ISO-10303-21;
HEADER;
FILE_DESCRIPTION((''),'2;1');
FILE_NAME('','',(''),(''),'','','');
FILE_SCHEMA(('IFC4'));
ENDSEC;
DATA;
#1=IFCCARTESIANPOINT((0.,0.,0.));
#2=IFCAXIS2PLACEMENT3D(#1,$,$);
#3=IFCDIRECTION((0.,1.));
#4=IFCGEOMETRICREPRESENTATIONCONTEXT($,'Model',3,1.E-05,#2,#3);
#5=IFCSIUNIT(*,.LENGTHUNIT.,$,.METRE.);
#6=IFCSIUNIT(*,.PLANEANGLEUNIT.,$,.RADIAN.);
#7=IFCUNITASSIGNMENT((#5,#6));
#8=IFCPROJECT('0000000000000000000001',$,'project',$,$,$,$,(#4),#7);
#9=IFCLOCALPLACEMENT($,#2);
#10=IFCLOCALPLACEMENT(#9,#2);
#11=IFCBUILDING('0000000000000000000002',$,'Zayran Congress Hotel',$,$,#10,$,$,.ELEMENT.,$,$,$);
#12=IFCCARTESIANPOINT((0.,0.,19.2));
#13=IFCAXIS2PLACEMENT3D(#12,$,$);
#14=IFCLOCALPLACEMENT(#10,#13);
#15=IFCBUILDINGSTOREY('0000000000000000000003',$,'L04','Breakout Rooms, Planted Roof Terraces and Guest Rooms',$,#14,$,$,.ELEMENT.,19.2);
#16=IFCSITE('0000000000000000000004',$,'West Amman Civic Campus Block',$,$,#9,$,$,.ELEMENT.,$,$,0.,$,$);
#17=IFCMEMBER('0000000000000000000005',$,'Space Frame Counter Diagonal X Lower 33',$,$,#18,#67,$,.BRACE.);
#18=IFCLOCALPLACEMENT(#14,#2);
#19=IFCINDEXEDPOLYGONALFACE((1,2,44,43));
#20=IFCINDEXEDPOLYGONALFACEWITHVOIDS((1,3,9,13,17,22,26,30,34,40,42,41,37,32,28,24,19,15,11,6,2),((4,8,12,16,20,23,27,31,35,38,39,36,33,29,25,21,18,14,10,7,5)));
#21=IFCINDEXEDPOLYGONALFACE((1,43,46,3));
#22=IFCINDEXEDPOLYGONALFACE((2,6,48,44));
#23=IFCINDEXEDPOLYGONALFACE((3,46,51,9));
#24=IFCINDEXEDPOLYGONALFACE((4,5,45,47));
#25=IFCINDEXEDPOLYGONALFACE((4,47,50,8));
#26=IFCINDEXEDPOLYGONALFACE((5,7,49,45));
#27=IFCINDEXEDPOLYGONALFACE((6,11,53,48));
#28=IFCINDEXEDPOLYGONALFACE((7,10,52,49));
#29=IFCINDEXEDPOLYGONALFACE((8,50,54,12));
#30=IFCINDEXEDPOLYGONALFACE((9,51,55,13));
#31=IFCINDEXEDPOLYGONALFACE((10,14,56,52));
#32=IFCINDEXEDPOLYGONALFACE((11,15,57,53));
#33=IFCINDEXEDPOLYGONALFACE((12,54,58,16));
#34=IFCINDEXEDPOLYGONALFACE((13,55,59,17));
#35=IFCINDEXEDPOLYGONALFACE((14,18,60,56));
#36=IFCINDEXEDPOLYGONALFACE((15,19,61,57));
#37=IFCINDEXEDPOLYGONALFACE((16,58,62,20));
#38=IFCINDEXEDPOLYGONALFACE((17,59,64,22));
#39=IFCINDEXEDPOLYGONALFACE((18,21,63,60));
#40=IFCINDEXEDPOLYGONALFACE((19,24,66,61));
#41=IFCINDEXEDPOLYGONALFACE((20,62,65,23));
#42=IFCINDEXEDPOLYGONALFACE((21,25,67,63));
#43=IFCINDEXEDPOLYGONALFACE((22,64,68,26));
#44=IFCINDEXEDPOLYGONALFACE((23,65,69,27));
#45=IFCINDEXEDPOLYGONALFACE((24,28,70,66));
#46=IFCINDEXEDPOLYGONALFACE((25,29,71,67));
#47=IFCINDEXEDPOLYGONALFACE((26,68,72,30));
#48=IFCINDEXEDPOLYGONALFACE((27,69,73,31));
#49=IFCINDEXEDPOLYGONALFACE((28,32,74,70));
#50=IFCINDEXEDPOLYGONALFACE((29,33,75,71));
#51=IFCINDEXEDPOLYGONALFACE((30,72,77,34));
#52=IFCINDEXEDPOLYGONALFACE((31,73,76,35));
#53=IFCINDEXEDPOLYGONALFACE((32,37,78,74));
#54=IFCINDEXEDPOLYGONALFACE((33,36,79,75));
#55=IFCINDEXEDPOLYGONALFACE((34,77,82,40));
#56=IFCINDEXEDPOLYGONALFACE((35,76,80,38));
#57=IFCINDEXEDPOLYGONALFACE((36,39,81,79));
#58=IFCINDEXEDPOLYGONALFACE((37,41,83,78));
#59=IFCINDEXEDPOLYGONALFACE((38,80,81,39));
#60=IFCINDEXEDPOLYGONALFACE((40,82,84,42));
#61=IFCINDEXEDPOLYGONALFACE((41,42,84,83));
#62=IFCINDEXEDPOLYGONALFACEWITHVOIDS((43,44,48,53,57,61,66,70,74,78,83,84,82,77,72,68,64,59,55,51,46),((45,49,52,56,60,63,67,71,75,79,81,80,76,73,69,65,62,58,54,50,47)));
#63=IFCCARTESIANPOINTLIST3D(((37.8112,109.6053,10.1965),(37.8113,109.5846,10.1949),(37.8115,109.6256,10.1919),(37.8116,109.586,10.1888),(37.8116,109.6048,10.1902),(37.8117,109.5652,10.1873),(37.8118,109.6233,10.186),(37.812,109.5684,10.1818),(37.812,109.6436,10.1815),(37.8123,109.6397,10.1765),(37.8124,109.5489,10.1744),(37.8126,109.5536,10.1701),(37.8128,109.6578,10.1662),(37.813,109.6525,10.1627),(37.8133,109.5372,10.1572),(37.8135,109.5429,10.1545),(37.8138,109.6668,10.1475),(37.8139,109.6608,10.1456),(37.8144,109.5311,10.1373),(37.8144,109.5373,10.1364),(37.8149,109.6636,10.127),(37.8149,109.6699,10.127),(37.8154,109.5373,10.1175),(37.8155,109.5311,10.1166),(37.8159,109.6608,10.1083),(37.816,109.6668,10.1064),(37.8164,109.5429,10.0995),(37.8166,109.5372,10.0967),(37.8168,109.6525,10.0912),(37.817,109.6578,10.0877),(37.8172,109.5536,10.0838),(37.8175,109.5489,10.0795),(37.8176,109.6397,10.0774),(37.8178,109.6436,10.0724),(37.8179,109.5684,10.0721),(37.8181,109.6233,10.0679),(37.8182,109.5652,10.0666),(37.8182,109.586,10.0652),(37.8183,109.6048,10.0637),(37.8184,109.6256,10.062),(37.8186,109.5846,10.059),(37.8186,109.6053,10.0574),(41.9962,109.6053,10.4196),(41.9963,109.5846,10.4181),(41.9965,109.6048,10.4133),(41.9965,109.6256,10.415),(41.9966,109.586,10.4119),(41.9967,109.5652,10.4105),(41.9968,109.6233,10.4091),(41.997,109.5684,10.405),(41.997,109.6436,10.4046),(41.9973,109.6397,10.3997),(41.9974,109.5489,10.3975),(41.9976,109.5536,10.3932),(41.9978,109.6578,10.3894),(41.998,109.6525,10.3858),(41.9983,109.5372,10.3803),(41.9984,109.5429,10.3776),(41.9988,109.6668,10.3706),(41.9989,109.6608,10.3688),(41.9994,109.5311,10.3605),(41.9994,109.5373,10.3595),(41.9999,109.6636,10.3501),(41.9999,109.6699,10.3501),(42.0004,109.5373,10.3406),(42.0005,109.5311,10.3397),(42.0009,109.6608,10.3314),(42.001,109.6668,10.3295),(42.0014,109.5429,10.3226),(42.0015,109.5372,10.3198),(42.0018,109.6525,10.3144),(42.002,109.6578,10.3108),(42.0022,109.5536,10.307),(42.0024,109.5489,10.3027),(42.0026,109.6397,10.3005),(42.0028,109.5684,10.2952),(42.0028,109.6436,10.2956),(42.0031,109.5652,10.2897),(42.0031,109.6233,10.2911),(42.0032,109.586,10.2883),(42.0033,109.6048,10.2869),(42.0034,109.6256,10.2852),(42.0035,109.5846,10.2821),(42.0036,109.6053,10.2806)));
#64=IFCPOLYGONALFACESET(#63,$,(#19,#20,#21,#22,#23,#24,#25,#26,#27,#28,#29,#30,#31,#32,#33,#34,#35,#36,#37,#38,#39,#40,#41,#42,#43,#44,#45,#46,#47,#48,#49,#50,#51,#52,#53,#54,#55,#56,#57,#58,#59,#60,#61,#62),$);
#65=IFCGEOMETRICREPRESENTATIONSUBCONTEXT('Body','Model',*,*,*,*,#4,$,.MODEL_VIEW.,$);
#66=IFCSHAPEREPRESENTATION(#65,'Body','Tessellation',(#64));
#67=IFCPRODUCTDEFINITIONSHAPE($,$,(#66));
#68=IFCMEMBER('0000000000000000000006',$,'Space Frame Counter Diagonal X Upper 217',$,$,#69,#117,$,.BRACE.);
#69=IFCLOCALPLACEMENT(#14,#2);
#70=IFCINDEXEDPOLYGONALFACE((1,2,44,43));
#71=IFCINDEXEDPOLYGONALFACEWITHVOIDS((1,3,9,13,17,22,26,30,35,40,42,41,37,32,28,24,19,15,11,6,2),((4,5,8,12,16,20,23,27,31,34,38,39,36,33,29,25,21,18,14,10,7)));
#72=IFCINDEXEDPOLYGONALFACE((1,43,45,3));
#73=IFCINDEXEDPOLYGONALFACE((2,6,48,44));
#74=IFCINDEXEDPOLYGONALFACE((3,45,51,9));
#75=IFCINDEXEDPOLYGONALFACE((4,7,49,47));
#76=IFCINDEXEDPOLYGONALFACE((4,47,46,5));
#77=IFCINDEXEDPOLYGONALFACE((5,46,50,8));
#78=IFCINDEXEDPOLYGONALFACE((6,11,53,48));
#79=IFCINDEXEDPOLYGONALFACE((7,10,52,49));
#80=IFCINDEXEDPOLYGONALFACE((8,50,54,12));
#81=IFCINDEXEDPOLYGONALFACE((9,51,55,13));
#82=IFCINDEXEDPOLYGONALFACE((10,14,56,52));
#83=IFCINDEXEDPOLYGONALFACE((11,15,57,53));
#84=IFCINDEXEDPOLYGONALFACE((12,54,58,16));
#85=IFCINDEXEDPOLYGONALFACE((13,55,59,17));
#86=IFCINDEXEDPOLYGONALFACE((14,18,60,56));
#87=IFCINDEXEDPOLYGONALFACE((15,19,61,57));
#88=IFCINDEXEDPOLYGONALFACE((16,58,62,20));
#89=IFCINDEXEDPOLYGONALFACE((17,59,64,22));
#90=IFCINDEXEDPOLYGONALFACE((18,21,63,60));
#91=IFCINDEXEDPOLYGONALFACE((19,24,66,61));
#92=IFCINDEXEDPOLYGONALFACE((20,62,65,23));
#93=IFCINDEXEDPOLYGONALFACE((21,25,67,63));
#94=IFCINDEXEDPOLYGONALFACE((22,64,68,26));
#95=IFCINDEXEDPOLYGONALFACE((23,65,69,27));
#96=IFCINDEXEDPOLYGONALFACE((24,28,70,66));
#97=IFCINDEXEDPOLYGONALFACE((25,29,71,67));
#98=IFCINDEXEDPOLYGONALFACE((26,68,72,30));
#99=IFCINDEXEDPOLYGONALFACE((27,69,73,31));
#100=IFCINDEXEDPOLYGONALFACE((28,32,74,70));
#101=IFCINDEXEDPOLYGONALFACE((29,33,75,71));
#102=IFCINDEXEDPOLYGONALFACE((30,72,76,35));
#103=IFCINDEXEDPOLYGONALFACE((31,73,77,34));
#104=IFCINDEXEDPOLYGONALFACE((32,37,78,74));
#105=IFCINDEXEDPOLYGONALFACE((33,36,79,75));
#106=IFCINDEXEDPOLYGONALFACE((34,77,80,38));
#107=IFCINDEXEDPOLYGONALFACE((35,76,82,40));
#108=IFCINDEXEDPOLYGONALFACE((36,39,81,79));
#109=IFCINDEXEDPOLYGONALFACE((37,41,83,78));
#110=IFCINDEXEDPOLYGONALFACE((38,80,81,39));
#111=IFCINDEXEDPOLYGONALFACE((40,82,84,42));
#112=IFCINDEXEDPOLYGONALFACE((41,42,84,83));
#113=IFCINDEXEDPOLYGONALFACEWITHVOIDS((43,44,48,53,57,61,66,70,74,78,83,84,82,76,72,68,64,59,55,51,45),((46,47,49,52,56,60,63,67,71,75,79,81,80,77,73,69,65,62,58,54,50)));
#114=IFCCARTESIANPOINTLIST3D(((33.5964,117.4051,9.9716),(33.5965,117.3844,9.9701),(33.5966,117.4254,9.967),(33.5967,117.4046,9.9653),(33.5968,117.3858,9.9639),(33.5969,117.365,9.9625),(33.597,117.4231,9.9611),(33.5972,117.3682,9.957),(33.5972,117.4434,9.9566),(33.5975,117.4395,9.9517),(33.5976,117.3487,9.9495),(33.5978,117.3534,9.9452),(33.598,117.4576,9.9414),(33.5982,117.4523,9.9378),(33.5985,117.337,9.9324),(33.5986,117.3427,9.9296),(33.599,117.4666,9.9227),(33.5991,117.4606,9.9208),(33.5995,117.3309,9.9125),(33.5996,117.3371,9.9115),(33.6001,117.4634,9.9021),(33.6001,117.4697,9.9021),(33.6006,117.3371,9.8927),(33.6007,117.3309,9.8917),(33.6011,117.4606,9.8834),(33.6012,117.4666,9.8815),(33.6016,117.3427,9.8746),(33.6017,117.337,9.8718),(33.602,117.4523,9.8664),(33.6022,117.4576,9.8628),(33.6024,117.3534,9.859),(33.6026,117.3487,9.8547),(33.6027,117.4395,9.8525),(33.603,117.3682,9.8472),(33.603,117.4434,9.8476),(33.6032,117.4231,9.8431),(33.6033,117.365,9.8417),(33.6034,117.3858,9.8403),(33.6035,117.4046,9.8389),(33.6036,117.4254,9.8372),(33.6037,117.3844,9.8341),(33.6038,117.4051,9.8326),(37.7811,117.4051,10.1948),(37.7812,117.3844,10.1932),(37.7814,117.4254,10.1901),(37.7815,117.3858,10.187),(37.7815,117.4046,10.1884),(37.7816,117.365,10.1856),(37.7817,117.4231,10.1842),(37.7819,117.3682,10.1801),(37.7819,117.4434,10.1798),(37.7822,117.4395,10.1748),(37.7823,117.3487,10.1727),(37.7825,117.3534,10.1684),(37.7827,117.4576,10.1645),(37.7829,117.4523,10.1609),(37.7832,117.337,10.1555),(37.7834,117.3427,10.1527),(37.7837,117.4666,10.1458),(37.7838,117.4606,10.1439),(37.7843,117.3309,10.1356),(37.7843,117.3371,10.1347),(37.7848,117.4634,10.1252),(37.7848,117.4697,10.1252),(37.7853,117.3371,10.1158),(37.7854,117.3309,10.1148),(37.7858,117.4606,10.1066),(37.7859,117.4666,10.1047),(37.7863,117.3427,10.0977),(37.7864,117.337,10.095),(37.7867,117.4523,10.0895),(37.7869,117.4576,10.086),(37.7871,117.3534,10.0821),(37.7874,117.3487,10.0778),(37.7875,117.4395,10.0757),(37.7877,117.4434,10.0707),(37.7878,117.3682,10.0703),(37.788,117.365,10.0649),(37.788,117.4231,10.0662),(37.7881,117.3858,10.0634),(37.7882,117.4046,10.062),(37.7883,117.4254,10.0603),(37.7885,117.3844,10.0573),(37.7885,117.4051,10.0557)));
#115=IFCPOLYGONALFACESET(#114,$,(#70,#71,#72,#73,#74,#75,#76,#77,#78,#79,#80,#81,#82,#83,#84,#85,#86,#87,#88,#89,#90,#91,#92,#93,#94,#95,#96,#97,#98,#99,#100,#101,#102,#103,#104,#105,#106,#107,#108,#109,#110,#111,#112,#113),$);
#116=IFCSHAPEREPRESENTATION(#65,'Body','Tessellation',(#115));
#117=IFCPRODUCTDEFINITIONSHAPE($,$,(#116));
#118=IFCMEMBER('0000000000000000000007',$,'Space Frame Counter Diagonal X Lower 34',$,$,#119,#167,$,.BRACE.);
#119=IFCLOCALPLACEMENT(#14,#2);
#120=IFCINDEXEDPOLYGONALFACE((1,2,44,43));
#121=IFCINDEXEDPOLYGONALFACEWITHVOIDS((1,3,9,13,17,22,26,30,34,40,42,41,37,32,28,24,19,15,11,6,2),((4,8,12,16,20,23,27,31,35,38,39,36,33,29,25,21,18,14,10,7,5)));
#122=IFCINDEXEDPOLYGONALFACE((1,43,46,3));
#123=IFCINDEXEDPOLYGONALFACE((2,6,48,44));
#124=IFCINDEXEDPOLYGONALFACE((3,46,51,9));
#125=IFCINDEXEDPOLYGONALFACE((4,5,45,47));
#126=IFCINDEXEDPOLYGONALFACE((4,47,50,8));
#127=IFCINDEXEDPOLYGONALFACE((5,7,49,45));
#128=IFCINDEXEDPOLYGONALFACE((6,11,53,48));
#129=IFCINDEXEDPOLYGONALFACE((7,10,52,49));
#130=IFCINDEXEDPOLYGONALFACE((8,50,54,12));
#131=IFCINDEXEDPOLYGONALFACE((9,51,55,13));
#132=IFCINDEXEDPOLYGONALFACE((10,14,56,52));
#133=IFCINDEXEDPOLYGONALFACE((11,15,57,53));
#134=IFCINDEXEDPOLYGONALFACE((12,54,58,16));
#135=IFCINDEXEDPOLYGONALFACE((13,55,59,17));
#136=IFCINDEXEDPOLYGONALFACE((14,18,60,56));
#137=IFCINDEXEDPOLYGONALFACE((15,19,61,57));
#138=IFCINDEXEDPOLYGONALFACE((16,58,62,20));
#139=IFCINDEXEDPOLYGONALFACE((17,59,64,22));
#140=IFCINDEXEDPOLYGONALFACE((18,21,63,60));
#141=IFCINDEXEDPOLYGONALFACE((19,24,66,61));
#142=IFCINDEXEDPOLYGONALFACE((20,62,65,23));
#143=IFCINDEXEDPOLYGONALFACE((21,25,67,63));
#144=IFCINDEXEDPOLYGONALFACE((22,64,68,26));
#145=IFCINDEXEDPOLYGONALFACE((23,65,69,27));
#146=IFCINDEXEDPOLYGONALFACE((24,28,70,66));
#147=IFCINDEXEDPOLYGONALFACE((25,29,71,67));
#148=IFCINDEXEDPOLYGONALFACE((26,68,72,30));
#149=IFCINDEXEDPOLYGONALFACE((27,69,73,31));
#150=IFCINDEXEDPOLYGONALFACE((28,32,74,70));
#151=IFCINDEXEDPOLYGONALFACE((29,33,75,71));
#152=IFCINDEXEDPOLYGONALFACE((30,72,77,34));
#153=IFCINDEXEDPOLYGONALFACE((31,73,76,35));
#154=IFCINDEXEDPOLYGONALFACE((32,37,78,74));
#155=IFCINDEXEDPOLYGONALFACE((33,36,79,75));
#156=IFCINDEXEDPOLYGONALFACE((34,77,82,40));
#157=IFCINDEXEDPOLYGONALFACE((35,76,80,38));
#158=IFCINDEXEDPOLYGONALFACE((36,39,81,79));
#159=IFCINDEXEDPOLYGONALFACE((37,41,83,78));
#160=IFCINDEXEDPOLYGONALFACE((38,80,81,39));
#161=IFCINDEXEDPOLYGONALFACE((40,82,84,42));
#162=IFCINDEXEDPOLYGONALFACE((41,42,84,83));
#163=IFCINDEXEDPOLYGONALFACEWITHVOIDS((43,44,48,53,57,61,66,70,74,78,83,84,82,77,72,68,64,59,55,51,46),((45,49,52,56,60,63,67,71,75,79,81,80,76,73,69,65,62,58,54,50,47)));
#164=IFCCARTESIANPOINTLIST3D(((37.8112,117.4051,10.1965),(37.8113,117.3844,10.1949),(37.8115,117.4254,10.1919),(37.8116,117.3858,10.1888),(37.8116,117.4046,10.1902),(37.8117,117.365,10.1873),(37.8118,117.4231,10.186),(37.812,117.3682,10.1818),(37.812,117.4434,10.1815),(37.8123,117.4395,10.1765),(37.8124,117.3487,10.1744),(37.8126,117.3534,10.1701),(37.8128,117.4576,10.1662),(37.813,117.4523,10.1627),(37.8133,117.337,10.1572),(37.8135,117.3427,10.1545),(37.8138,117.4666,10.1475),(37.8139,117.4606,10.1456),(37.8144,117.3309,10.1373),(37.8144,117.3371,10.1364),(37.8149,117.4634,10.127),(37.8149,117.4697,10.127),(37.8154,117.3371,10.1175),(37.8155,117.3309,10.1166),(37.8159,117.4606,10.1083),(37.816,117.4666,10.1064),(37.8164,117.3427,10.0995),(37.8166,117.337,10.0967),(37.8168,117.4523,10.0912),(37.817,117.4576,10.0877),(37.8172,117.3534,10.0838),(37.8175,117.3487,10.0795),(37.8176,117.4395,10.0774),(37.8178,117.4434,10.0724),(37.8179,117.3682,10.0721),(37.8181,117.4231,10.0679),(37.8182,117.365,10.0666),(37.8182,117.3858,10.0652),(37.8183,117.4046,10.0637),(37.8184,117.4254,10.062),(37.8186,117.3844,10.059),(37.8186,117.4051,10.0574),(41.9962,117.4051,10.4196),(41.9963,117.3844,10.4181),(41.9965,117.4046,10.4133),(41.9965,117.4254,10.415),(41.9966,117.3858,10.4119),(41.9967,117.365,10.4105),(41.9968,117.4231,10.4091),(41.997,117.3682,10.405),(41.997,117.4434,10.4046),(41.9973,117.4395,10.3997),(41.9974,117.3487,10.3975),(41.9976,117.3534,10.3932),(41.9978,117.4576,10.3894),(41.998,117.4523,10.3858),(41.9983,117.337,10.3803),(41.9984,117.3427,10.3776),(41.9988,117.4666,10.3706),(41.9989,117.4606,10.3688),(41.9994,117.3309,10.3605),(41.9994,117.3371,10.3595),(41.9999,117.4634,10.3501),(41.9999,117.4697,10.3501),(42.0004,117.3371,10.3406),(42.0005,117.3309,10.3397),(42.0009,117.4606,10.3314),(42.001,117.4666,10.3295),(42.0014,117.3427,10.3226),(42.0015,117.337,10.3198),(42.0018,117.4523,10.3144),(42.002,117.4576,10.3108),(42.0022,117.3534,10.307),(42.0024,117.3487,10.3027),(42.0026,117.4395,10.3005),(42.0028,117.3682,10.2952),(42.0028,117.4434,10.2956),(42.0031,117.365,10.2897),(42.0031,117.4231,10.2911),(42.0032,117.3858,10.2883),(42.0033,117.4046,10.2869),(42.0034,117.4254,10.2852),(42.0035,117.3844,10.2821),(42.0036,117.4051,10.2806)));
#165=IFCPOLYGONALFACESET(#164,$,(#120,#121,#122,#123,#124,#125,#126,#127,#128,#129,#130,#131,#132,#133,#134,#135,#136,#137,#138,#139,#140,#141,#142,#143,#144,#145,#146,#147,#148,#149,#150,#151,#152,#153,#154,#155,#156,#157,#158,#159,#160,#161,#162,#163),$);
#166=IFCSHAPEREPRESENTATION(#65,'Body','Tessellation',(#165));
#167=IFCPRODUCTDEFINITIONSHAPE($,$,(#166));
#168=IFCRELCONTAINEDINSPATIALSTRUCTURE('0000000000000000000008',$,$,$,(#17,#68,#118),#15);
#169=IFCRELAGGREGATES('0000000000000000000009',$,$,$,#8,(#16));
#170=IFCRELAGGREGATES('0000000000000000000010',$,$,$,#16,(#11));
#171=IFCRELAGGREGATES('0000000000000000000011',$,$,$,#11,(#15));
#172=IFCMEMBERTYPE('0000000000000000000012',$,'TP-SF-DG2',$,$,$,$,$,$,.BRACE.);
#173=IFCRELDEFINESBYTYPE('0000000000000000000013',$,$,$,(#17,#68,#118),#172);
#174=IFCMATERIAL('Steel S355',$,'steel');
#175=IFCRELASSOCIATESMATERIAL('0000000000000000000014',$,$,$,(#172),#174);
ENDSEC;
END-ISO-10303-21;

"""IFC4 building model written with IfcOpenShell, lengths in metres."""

from ifc_helpers import new_model, si_unit, direction, frame, origin, origin_2d, place, context, subcontext, project, spatial, hollow_circle, extrude, material, material_profile, profile_set, type_object, element, save


model = new_model("IFC4")

# Units and contexts
model_context = context("Model", 3, precision=1e-05, world=origin(), true_north=direction((0.0, 1.0)))
body_context = subcontext(model_context, "Body", "Model", "MODEL_VIEW")
ifc_project = project(units=[si_unit("LENGTHUNIT", "METRE"), si_unit("PLANEANGLEUNIT", "RADIAN")], contexts=[model_context])

# Site, building, storey
site_placement = place(None, origin())
site = spatial("IfcSite", under=ifc_project, at=site_placement, Name="West Amman Civic Campus Block", CompositionType="ELEMENT", RefElevation=0.0)
building_placement = place(site_placement, origin())
building = spatial("IfcBuilding", under=site, at=building_placement, Name="Zayran Congress Hotel", CompositionType="ELEMENT")
storey_placement = place(building_placement, frame((0.0, 0.0, 19.2)))
storey = spatial("IfcBuildingStorey", under=building, at=storey_placement, Name="L04", Description="Breakout Rooms, Planted Roof Terraces and Guest Rooms", CompositionType="ELEMENT", Elevation=19.2)

# Members
ifc_material_1 = material(Name="Steel S355", Category="steel")
ifc_material_profile_1 = material_profile(ifc_material_1, hollow_circle(Radius=0.0698, WallThickness=0.0063, at=origin_2d()), Name="CHS 139.7x6.3")
ifc_profile_set_1 = profile_set([ifc_material_profile_1], Name="Steel S355")
member_type_1 = type_object("IfcMemberType", Name="TP-SF-DG2", PredefinedType="BRACE", material=ifc_profile_set_1)
member_1_placement = place(storey_placement, frame((37.8149, 109.6001, 10.127), z_axis=(0.998582, 0.0, 0.053244), x_axis=(0.0, 1.0, 0.0)))
element("IfcMember", 1, at=member_1_placement, inside=storey, type_object=member_type_1, Name="Space Frame Counter Diagonal X Lower 33", PredefinedType="BRACE", context=body_context, shape_type="SweptSolid", body=[
    extrude(hollow_circle(Radius=0.0698, WallThickness=0.0063, at=origin_2d()), origin(), (0.0, 0.0, 1.0), 4.1909),
])
member_2_placement = place(storey_placement, frame((33.6001, 117.3999, 9.9021), z_axis=(0.998581, 0.0, 0.053247), x_axis=(0.0, 1.0, 0.0)))
element("IfcMember", 2, at=member_2_placement, inside=storey, type_object=member_type_1, Name="Space Frame Counter Diagonal X Upper 217", PredefinedType="BRACE", context=body_context, shape_type="SweptSolid", body=[
    extrude(hollow_circle(Radius=0.0698, WallThickness=0.0063, at=origin_2d()), origin(), (0.0, 0.0, 1.0), 4.1907),
])
member_3_placement = place(storey_placement, frame((37.8149, 117.3999, 10.127), z_axis=(0.998582, 0.0, 0.053244), x_axis=(0.0, 1.0, 0.0)))
element("IfcMember", 3, at=member_3_placement, inside=storey, type_object=member_type_1, Name="Space Frame Counter Diagonal X Lower 34", PredefinedType="BRACE", context=body_context, shape_type="SweptSolid", body=[
    extrude(hollow_circle(Radius=0.0698, WallThickness=0.0063, at=origin_2d()), origin(), (0.0, 0.0, 1.0), 4.1909),
])

save(model, "model.ifc")
